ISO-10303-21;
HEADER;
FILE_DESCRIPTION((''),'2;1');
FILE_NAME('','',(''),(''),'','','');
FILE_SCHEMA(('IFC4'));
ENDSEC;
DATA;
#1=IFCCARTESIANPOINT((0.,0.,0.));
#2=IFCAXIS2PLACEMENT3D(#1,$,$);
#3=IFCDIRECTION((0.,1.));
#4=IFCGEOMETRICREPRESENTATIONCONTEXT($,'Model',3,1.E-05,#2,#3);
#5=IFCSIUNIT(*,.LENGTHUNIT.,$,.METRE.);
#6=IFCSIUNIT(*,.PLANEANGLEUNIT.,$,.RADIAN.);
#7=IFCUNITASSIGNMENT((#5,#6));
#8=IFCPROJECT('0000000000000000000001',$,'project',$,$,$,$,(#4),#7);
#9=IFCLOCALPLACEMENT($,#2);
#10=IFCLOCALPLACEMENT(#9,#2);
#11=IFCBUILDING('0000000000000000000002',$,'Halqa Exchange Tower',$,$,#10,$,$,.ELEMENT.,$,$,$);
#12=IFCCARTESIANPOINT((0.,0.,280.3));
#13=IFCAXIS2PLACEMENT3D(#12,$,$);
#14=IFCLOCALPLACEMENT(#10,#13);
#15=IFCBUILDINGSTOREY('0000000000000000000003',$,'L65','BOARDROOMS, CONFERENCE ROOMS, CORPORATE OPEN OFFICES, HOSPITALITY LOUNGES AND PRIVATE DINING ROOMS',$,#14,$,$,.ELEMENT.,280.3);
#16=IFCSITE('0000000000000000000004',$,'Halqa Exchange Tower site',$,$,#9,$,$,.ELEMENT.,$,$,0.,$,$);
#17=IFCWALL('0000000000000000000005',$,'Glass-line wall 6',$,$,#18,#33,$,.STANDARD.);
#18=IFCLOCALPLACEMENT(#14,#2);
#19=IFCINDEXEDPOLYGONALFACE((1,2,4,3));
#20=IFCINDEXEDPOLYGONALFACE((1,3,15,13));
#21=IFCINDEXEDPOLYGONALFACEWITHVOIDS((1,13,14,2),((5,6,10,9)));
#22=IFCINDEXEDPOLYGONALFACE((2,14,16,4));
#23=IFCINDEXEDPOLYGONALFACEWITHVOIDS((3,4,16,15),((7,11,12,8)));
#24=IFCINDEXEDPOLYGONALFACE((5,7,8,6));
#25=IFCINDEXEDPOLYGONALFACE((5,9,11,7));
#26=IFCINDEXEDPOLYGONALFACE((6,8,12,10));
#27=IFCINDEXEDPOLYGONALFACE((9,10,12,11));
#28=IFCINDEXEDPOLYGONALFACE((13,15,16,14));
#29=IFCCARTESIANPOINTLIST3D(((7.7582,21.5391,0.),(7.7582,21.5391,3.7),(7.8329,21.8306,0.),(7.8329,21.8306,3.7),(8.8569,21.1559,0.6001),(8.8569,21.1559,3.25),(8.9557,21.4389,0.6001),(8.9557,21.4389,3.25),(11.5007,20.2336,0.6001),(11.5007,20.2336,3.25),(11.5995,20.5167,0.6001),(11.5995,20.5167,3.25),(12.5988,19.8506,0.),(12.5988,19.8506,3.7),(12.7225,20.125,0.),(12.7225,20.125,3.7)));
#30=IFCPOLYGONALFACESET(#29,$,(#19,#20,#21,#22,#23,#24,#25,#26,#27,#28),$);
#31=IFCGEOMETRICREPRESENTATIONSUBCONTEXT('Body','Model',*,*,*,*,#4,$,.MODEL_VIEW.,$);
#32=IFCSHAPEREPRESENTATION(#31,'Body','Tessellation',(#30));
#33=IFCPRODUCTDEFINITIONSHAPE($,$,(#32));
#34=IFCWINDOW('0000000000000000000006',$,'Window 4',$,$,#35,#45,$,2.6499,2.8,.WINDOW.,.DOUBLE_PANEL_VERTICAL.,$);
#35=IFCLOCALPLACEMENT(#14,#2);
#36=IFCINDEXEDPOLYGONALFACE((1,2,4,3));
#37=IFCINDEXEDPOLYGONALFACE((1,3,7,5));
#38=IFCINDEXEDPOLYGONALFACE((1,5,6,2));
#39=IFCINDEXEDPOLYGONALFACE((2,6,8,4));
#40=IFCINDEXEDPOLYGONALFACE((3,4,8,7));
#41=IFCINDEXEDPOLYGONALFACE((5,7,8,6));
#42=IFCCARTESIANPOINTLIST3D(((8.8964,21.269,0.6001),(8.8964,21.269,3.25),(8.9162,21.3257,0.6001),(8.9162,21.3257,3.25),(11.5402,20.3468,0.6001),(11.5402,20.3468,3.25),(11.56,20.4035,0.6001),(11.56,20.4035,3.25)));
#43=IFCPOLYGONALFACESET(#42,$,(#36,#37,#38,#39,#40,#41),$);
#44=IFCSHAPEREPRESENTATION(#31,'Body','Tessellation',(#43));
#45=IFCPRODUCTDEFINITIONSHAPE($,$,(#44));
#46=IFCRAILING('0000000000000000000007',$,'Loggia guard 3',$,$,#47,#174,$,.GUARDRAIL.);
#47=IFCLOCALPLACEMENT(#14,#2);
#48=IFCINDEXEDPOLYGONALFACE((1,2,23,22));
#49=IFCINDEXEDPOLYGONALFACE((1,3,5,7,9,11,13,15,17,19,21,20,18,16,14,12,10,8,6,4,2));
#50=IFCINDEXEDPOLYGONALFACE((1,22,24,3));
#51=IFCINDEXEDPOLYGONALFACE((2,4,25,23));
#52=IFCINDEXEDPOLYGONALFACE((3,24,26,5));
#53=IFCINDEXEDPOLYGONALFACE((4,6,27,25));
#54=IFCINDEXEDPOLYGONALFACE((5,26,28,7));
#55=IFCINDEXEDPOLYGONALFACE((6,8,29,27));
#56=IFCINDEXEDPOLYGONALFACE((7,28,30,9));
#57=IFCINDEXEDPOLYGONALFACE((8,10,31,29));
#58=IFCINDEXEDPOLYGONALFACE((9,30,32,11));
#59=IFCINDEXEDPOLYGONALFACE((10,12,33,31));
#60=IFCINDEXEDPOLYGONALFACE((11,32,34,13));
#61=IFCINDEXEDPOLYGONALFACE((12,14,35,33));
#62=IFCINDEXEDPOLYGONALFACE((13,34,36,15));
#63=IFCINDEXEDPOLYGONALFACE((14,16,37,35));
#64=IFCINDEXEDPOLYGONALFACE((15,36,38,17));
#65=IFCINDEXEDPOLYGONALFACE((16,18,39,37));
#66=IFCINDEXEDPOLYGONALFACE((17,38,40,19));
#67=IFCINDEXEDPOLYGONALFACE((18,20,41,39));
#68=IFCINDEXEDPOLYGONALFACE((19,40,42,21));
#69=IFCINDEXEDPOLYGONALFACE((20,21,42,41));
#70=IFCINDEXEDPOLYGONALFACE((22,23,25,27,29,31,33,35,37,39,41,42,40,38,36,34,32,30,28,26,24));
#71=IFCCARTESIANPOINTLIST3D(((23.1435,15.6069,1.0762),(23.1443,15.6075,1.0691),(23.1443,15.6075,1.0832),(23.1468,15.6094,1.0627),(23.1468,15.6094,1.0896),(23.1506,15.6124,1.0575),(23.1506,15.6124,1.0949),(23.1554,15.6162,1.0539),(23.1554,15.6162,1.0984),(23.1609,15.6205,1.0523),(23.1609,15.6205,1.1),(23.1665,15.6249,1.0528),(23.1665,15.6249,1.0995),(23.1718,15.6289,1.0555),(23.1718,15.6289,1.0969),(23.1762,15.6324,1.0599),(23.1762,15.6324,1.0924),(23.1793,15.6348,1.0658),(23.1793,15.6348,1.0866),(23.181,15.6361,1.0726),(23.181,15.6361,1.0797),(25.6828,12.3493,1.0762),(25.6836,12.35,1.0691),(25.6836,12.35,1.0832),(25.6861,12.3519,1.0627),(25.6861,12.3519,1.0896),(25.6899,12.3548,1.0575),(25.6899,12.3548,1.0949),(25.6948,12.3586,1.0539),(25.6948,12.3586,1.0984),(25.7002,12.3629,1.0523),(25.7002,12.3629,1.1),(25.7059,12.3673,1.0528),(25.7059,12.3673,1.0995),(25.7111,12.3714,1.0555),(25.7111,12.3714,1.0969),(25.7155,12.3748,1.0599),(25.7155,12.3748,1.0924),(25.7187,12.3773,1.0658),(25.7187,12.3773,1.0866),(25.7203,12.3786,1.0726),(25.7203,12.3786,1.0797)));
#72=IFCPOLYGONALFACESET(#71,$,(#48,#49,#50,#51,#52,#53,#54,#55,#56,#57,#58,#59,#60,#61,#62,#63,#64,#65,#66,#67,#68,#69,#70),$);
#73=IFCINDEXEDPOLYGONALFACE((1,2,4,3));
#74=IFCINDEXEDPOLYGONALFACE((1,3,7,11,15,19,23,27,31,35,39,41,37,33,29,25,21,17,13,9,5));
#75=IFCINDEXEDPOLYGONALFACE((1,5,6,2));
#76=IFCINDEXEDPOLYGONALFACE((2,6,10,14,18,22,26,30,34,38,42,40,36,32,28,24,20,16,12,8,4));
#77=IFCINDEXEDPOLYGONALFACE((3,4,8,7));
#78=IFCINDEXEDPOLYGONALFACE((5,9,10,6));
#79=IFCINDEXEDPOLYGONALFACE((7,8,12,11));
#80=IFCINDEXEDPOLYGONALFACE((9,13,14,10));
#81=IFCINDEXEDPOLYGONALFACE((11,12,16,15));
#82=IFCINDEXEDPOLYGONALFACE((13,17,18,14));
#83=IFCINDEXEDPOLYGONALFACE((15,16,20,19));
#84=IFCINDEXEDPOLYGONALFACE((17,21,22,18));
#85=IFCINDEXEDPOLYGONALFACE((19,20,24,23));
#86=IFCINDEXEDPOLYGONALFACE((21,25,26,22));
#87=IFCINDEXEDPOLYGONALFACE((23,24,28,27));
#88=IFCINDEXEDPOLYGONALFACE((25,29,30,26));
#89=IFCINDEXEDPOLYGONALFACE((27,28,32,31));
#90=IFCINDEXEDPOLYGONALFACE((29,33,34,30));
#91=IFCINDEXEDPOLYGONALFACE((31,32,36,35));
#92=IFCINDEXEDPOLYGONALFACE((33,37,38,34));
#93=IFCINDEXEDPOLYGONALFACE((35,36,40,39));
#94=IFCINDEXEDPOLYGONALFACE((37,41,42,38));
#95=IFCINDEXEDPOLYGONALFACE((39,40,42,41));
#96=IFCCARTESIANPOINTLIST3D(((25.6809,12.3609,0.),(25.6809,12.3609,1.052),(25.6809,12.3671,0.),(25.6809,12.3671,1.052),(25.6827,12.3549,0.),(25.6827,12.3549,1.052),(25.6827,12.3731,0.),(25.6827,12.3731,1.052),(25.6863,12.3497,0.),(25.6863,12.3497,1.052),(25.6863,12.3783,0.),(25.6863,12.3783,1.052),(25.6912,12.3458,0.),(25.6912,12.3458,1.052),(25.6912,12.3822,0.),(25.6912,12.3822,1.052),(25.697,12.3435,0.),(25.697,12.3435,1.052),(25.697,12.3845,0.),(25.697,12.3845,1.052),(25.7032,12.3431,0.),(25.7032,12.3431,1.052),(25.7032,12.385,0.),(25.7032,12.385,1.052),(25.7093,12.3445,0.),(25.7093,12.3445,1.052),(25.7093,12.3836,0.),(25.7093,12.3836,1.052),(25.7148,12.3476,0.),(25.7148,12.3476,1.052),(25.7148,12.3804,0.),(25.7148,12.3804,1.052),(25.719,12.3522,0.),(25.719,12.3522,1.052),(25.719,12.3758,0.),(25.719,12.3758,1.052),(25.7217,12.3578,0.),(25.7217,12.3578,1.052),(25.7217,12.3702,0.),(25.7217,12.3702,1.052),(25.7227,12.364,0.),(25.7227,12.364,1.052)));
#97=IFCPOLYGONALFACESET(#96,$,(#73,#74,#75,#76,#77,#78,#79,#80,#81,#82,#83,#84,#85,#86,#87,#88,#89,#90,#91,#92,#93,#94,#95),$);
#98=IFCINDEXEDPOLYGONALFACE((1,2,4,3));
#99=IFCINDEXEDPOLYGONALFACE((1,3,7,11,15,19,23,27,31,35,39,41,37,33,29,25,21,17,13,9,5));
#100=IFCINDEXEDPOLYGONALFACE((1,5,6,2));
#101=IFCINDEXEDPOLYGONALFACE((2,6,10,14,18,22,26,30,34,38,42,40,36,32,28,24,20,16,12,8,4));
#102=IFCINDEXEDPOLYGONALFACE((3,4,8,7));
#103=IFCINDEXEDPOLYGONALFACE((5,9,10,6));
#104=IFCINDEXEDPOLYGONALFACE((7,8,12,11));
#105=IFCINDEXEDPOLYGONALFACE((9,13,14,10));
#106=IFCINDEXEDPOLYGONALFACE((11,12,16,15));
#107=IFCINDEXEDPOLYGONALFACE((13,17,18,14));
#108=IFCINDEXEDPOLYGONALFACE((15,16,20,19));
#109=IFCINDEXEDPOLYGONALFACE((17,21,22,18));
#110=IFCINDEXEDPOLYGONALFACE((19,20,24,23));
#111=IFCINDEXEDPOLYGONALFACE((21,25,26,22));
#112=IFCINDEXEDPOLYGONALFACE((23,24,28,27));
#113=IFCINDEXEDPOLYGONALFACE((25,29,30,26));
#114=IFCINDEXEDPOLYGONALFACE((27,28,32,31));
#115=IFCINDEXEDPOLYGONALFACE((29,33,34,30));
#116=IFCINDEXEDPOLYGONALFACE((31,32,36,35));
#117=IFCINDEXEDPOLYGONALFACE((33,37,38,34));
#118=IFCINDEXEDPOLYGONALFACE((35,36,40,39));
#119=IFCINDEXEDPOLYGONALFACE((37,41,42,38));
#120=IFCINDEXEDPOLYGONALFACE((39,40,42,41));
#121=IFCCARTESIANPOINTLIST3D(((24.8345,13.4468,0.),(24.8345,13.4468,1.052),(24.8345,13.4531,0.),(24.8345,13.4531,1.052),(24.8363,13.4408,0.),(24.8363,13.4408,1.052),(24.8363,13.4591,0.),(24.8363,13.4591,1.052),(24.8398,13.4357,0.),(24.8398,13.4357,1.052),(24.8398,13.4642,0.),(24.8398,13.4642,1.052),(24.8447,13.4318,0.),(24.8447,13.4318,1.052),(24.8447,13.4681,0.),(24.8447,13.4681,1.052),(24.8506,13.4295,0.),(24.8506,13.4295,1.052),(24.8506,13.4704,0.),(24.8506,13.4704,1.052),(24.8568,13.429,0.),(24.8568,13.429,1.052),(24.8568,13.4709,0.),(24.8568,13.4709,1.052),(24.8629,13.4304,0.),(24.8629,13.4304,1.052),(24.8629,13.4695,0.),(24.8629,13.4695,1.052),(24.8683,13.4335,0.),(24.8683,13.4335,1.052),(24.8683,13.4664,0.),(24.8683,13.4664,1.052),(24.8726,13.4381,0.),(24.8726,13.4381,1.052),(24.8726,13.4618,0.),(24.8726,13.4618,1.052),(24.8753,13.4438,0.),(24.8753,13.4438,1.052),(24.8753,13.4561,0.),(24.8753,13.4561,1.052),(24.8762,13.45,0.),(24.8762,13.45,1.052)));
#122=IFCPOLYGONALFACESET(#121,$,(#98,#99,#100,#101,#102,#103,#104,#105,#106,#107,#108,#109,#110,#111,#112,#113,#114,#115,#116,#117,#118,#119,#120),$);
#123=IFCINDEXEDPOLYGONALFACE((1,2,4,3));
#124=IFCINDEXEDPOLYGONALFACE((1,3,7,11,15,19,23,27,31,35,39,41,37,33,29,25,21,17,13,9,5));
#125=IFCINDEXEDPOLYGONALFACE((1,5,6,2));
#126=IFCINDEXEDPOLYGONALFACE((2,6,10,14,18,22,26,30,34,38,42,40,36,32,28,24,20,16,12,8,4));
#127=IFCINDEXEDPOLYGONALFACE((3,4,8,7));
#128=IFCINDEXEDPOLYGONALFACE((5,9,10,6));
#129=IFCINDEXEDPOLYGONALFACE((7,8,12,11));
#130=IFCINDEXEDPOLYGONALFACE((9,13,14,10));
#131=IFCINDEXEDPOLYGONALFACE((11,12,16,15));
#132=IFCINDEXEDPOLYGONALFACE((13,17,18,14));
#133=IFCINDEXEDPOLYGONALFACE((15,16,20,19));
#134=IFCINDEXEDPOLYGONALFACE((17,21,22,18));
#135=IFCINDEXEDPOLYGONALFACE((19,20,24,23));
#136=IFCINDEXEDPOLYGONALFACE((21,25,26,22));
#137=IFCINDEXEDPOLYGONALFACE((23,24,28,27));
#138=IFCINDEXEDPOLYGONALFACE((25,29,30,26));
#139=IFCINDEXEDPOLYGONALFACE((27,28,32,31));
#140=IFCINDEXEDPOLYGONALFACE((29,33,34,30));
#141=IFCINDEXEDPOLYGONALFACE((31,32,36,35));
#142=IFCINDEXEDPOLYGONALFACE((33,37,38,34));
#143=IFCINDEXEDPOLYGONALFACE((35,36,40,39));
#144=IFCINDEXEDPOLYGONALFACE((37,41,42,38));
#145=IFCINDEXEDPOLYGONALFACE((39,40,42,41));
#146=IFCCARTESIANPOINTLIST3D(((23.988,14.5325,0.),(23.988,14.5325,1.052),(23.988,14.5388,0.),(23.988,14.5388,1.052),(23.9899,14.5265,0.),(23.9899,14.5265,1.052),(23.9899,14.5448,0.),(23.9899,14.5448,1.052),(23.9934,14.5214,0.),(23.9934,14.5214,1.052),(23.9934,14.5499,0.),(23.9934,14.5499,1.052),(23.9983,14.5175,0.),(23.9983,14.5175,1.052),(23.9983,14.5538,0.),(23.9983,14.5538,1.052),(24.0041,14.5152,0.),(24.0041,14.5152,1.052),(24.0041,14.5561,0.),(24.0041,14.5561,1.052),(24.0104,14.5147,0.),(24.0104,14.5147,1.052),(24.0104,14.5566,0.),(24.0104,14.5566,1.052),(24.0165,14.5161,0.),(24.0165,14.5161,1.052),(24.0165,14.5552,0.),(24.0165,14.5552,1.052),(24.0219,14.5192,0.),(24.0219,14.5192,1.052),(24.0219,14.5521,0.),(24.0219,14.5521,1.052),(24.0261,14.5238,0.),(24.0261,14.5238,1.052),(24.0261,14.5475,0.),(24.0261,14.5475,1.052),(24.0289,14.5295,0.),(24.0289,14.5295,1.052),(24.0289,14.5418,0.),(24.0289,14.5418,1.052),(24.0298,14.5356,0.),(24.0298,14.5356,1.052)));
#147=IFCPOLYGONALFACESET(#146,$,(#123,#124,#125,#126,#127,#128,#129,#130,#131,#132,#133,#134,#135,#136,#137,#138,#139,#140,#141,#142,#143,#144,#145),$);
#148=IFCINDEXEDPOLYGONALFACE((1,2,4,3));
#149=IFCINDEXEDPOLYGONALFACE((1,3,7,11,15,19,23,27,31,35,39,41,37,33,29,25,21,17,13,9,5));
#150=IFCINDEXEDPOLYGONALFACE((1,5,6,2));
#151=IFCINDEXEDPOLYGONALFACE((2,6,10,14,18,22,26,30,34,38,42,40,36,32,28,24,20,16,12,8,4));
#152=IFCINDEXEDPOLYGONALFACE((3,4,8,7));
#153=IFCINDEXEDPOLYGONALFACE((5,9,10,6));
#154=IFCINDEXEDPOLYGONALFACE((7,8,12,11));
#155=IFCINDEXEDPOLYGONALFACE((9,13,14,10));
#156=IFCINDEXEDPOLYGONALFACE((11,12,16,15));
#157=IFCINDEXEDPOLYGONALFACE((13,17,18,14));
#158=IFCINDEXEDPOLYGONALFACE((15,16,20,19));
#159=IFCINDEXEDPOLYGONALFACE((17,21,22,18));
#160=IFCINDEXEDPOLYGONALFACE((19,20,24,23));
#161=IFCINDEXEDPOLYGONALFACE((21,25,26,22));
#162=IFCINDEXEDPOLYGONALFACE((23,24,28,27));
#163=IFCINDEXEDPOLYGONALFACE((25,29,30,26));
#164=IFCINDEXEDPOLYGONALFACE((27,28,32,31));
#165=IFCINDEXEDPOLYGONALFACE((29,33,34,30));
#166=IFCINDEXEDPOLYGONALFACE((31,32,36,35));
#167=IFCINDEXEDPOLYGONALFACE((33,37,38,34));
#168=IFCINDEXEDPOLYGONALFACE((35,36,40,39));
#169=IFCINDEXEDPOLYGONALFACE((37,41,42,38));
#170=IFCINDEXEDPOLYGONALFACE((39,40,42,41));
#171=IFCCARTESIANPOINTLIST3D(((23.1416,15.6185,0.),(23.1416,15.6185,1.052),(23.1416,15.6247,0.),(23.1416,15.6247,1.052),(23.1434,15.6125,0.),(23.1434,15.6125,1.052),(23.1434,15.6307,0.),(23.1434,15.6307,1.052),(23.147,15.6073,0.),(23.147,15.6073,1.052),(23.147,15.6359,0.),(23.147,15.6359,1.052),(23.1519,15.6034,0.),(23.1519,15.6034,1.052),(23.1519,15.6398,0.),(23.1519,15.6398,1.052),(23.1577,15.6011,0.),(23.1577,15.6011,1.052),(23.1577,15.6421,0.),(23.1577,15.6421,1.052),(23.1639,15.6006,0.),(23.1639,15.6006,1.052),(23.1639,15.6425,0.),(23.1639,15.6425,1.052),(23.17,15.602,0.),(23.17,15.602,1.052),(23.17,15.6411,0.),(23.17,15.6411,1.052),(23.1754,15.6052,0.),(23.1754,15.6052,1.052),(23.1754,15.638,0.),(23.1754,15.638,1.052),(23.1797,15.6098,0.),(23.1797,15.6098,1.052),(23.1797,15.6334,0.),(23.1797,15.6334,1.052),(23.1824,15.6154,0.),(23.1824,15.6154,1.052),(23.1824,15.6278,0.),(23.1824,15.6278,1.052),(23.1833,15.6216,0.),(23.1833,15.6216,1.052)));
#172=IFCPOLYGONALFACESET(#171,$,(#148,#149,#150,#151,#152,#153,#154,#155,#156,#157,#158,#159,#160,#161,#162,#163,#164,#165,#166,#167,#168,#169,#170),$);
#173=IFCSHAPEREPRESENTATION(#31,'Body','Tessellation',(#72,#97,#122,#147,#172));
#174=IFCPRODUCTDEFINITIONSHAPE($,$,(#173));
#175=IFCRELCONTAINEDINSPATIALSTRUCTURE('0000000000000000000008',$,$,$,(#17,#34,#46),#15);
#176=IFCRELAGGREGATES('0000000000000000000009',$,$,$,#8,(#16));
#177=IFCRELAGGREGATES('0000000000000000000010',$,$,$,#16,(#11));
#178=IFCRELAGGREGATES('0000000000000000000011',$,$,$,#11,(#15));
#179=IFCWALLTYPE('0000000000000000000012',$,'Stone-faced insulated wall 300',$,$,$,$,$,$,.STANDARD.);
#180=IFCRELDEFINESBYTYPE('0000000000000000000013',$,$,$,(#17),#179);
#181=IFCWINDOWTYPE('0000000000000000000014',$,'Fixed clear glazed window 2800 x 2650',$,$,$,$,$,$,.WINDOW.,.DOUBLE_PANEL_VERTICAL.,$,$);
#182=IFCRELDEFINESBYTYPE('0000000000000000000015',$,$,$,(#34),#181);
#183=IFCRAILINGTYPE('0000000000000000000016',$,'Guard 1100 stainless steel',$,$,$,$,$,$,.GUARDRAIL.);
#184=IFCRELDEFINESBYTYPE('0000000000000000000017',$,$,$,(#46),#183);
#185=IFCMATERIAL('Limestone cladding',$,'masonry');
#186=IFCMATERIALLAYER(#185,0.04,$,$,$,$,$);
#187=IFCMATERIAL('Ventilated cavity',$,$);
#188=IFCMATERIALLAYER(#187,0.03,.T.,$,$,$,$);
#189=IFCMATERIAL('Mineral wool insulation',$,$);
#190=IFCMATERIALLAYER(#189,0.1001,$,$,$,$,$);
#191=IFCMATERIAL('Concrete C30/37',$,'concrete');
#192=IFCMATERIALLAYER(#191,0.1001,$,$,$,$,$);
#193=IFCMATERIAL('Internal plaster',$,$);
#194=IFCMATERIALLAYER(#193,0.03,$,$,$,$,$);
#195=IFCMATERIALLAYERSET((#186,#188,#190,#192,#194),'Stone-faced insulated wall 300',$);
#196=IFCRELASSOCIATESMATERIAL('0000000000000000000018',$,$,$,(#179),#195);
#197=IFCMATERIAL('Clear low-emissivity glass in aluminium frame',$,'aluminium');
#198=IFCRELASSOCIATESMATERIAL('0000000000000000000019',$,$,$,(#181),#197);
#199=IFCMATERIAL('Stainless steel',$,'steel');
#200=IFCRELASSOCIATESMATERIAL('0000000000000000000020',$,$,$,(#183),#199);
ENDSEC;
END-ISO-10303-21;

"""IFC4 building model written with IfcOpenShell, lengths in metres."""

from ifc_helpers import new_model, si_unit, direction, frame, frame_2d, origin, origin_2d, place, context, subcontext, project, spatial, polyline, rectangle, circle, outline, extrude, material, layer, layer_set, type_object, element, fill, save


model = new_model("IFC4")

# Units and contexts
model_context = context("Model", 3, precision=1e-05, world=origin(), true_north=direction((0.0, 1.0)))
body_context = subcontext(model_context, "Body", "Model", "MODEL_VIEW")
ifc_project = project(units=[si_unit("LENGTHUNIT", "METRE"), si_unit("PLANEANGLEUNIT", "RADIAN")], contexts=[model_context])

# Site, building, storey
site_placement = place(None, origin())
site = spatial("IfcSite", under=ifc_project, at=site_placement, Name="Halqa Exchange Tower site", CompositionType="ELEMENT", RefElevation=0.0)
building_placement = place(site_placement, origin())
building = spatial("IfcBuilding", under=site, at=building_placement, Name="Halqa Exchange Tower", CompositionType="ELEMENT")
storey_placement = place(building_placement, frame((0.0, 0.0, 280.3)))
storey = spatial("IfcBuildingStorey", under=building, at=storey_placement, Name="L65", Description="BOARDROOMS, CONFERENCE ROOMS, CORPORATE OPEN OFFICES, HOSPITALITY LOUNGES AND PRIVATE DINING ROOMS", CompositionType="ELEMENT", Elevation=280.3)

# Shared definitions
ifc_material_1 = material(Name="Limestone cladding", Category="masonry")
ifc_layer_1 = layer(ifc_material_1, 0.04)
ifc_material_2 = material(Name="Ventilated cavity")
ifc_layer_2 = layer(ifc_material_2, 0.03, ventilated=True)
ifc_material_3 = material(Name="Mineral wool insulation")
ifc_layer_3 = layer(ifc_material_3, 0.1001)
ifc_material_4 = material(Name="Concrete C30/37", Category="concrete")
ifc_layer_4 = layer(ifc_material_4, 0.1001)
ifc_material_5 = material(Name="Internal plaster")
ifc_layer_5 = layer(ifc_material_5, 0.03)
ifc_layer_set_1 = layer_set([ifc_layer_1, ifc_layer_2, ifc_layer_3, ifc_layer_4, ifc_layer_5], Name="Stone-faced insulated wall 300")
wall_type_1 = type_object("IfcWallType", Name="Stone-faced insulated wall 300", PredefinedType="STANDARD", material=ifc_layer_set_1)
ifc_material_6 = material(Name="Clear low-emissivity glass in aluminium frame", Category="aluminium")

# Wall, opening, window
window_type = type_object("IfcWindowType", Name="Fixed clear glazed window 2800 x 2650", PartitioningType="DOUBLE_PANEL_VERTICAL", PredefinedType="WINDOW", material=ifc_material_6)
wall_1_placement = place(storey_placement, frame((12.6606, 19.9878, 0.0), z_axis=(0.0, 0.0, 1.0), x_axis=(-0.944204, 0.32936, 0.0)))
wall_1 = element("IfcWall", 1, at=wall_1_placement, inside=storey, type_object=wall_type_1, Name="Glass-line wall 6", PredefinedType="STANDARD", context=body_context, shape_type="SweptSolid", body=[
    extrude(outline(polyline([(-0.0132, -0.1499), (5.1653, -0.1499), (5.1399, 0.1499), (0.0132, 0.1499), (-0.0132, -0.1499)])), origin(), (0.0, 0.0, 1.0), 3.7),
])
opening_1_placement = place(wall_1_placement, frame((1.1763, 0.0, 0.6001)))
opening_1 = element("IfcOpeningElement", 2, at=opening_1_placement, cuts=wall_1, PredefinedType="OPENING", context=body_context, shape_type="SweptSolid", body=[
    extrude(rectangle(XDim=2.8, YDim=2.6499, at=frame_2d((1.3999, 1.325))), frame((0.0, 0.1621, 0.0), z_axis=(0.0, -1.0, 0.0), x_axis=(1.0, 0.0, 0.0)), (0.0, 0.0, 1.0), 0.324),
])
window_1_placement = place(opening_1_placement, origin())
window_1 = element("IfcWindow", 3, at=window_1_placement, inside=storey, type_object=window_type, Name="Window 4", OverallHeight=2.6499, OverallWidth=2.8, PartitioningType="DOUBLE_PANEL_VERTICAL", PredefinedType="WINDOW", context=body_context, shape_type="SweptSolid", body=[
    extrude(rectangle(XDim=2.8, YDim=2.6499, at=frame_2d((1.3999, 1.325))), frame((0.0, 0.03, 0.0), z_axis=(0.0, -1.0, 0.0), x_axis=(1.0, 0.0, 0.0)), (0.0, 0.0, 1.0), 0.0601),
])
fill(opening_1, window_1)

# Railing
ifc_material_7 = material(Name="Stainless steel", Category="steel")
railing_type = type_object("IfcRailingType", Name="Guard 1100 stainless steel", PredefinedType="GUARDRAIL", material=ifc_material_7)
railing_1_placement = place(storey_placement, frame((25.7017, 12.364, 0.0)))
element("IfcRailing", 4, at=railing_1_placement, inside=storey, type_object=railing_type, Name="Loggia guard 3", PredefinedType="GUARDRAIL", context=body_context, shape_type="SweptSolid", body=[
    extrude(circle(Radius=0.0239, at=origin_2d()), frame((0.0, 0.0, 1.0762), z_axis=(-0.614791, 0.78869, 0.0), x_axis=(-0.78869, -0.614791, 0.0)), (0.0, 0.0, 1.0), 4.1304),
    extrude(circle(Radius=0.021, at=origin_2d()), origin(), (0.0, 0.0, 1.0), 1.052),
    extrude(circle(Radius=0.021, at=origin_2d()), frame((-0.8464, 1.0859, 0.0)), (0.0, 0.0, 1.0), 1.052),
    extrude(circle(Radius=0.021, at=origin_2d()), frame((-1.6929, 2.1716, 0.0)), (0.0, 0.0, 1.0), 1.052),
    extrude(circle(Radius=0.021, at=origin_2d()), frame((-2.5393, 3.2576, 0.0)), (0.0, 0.0, 1.0), 1.052),
])

save(model, "model.ifc")
